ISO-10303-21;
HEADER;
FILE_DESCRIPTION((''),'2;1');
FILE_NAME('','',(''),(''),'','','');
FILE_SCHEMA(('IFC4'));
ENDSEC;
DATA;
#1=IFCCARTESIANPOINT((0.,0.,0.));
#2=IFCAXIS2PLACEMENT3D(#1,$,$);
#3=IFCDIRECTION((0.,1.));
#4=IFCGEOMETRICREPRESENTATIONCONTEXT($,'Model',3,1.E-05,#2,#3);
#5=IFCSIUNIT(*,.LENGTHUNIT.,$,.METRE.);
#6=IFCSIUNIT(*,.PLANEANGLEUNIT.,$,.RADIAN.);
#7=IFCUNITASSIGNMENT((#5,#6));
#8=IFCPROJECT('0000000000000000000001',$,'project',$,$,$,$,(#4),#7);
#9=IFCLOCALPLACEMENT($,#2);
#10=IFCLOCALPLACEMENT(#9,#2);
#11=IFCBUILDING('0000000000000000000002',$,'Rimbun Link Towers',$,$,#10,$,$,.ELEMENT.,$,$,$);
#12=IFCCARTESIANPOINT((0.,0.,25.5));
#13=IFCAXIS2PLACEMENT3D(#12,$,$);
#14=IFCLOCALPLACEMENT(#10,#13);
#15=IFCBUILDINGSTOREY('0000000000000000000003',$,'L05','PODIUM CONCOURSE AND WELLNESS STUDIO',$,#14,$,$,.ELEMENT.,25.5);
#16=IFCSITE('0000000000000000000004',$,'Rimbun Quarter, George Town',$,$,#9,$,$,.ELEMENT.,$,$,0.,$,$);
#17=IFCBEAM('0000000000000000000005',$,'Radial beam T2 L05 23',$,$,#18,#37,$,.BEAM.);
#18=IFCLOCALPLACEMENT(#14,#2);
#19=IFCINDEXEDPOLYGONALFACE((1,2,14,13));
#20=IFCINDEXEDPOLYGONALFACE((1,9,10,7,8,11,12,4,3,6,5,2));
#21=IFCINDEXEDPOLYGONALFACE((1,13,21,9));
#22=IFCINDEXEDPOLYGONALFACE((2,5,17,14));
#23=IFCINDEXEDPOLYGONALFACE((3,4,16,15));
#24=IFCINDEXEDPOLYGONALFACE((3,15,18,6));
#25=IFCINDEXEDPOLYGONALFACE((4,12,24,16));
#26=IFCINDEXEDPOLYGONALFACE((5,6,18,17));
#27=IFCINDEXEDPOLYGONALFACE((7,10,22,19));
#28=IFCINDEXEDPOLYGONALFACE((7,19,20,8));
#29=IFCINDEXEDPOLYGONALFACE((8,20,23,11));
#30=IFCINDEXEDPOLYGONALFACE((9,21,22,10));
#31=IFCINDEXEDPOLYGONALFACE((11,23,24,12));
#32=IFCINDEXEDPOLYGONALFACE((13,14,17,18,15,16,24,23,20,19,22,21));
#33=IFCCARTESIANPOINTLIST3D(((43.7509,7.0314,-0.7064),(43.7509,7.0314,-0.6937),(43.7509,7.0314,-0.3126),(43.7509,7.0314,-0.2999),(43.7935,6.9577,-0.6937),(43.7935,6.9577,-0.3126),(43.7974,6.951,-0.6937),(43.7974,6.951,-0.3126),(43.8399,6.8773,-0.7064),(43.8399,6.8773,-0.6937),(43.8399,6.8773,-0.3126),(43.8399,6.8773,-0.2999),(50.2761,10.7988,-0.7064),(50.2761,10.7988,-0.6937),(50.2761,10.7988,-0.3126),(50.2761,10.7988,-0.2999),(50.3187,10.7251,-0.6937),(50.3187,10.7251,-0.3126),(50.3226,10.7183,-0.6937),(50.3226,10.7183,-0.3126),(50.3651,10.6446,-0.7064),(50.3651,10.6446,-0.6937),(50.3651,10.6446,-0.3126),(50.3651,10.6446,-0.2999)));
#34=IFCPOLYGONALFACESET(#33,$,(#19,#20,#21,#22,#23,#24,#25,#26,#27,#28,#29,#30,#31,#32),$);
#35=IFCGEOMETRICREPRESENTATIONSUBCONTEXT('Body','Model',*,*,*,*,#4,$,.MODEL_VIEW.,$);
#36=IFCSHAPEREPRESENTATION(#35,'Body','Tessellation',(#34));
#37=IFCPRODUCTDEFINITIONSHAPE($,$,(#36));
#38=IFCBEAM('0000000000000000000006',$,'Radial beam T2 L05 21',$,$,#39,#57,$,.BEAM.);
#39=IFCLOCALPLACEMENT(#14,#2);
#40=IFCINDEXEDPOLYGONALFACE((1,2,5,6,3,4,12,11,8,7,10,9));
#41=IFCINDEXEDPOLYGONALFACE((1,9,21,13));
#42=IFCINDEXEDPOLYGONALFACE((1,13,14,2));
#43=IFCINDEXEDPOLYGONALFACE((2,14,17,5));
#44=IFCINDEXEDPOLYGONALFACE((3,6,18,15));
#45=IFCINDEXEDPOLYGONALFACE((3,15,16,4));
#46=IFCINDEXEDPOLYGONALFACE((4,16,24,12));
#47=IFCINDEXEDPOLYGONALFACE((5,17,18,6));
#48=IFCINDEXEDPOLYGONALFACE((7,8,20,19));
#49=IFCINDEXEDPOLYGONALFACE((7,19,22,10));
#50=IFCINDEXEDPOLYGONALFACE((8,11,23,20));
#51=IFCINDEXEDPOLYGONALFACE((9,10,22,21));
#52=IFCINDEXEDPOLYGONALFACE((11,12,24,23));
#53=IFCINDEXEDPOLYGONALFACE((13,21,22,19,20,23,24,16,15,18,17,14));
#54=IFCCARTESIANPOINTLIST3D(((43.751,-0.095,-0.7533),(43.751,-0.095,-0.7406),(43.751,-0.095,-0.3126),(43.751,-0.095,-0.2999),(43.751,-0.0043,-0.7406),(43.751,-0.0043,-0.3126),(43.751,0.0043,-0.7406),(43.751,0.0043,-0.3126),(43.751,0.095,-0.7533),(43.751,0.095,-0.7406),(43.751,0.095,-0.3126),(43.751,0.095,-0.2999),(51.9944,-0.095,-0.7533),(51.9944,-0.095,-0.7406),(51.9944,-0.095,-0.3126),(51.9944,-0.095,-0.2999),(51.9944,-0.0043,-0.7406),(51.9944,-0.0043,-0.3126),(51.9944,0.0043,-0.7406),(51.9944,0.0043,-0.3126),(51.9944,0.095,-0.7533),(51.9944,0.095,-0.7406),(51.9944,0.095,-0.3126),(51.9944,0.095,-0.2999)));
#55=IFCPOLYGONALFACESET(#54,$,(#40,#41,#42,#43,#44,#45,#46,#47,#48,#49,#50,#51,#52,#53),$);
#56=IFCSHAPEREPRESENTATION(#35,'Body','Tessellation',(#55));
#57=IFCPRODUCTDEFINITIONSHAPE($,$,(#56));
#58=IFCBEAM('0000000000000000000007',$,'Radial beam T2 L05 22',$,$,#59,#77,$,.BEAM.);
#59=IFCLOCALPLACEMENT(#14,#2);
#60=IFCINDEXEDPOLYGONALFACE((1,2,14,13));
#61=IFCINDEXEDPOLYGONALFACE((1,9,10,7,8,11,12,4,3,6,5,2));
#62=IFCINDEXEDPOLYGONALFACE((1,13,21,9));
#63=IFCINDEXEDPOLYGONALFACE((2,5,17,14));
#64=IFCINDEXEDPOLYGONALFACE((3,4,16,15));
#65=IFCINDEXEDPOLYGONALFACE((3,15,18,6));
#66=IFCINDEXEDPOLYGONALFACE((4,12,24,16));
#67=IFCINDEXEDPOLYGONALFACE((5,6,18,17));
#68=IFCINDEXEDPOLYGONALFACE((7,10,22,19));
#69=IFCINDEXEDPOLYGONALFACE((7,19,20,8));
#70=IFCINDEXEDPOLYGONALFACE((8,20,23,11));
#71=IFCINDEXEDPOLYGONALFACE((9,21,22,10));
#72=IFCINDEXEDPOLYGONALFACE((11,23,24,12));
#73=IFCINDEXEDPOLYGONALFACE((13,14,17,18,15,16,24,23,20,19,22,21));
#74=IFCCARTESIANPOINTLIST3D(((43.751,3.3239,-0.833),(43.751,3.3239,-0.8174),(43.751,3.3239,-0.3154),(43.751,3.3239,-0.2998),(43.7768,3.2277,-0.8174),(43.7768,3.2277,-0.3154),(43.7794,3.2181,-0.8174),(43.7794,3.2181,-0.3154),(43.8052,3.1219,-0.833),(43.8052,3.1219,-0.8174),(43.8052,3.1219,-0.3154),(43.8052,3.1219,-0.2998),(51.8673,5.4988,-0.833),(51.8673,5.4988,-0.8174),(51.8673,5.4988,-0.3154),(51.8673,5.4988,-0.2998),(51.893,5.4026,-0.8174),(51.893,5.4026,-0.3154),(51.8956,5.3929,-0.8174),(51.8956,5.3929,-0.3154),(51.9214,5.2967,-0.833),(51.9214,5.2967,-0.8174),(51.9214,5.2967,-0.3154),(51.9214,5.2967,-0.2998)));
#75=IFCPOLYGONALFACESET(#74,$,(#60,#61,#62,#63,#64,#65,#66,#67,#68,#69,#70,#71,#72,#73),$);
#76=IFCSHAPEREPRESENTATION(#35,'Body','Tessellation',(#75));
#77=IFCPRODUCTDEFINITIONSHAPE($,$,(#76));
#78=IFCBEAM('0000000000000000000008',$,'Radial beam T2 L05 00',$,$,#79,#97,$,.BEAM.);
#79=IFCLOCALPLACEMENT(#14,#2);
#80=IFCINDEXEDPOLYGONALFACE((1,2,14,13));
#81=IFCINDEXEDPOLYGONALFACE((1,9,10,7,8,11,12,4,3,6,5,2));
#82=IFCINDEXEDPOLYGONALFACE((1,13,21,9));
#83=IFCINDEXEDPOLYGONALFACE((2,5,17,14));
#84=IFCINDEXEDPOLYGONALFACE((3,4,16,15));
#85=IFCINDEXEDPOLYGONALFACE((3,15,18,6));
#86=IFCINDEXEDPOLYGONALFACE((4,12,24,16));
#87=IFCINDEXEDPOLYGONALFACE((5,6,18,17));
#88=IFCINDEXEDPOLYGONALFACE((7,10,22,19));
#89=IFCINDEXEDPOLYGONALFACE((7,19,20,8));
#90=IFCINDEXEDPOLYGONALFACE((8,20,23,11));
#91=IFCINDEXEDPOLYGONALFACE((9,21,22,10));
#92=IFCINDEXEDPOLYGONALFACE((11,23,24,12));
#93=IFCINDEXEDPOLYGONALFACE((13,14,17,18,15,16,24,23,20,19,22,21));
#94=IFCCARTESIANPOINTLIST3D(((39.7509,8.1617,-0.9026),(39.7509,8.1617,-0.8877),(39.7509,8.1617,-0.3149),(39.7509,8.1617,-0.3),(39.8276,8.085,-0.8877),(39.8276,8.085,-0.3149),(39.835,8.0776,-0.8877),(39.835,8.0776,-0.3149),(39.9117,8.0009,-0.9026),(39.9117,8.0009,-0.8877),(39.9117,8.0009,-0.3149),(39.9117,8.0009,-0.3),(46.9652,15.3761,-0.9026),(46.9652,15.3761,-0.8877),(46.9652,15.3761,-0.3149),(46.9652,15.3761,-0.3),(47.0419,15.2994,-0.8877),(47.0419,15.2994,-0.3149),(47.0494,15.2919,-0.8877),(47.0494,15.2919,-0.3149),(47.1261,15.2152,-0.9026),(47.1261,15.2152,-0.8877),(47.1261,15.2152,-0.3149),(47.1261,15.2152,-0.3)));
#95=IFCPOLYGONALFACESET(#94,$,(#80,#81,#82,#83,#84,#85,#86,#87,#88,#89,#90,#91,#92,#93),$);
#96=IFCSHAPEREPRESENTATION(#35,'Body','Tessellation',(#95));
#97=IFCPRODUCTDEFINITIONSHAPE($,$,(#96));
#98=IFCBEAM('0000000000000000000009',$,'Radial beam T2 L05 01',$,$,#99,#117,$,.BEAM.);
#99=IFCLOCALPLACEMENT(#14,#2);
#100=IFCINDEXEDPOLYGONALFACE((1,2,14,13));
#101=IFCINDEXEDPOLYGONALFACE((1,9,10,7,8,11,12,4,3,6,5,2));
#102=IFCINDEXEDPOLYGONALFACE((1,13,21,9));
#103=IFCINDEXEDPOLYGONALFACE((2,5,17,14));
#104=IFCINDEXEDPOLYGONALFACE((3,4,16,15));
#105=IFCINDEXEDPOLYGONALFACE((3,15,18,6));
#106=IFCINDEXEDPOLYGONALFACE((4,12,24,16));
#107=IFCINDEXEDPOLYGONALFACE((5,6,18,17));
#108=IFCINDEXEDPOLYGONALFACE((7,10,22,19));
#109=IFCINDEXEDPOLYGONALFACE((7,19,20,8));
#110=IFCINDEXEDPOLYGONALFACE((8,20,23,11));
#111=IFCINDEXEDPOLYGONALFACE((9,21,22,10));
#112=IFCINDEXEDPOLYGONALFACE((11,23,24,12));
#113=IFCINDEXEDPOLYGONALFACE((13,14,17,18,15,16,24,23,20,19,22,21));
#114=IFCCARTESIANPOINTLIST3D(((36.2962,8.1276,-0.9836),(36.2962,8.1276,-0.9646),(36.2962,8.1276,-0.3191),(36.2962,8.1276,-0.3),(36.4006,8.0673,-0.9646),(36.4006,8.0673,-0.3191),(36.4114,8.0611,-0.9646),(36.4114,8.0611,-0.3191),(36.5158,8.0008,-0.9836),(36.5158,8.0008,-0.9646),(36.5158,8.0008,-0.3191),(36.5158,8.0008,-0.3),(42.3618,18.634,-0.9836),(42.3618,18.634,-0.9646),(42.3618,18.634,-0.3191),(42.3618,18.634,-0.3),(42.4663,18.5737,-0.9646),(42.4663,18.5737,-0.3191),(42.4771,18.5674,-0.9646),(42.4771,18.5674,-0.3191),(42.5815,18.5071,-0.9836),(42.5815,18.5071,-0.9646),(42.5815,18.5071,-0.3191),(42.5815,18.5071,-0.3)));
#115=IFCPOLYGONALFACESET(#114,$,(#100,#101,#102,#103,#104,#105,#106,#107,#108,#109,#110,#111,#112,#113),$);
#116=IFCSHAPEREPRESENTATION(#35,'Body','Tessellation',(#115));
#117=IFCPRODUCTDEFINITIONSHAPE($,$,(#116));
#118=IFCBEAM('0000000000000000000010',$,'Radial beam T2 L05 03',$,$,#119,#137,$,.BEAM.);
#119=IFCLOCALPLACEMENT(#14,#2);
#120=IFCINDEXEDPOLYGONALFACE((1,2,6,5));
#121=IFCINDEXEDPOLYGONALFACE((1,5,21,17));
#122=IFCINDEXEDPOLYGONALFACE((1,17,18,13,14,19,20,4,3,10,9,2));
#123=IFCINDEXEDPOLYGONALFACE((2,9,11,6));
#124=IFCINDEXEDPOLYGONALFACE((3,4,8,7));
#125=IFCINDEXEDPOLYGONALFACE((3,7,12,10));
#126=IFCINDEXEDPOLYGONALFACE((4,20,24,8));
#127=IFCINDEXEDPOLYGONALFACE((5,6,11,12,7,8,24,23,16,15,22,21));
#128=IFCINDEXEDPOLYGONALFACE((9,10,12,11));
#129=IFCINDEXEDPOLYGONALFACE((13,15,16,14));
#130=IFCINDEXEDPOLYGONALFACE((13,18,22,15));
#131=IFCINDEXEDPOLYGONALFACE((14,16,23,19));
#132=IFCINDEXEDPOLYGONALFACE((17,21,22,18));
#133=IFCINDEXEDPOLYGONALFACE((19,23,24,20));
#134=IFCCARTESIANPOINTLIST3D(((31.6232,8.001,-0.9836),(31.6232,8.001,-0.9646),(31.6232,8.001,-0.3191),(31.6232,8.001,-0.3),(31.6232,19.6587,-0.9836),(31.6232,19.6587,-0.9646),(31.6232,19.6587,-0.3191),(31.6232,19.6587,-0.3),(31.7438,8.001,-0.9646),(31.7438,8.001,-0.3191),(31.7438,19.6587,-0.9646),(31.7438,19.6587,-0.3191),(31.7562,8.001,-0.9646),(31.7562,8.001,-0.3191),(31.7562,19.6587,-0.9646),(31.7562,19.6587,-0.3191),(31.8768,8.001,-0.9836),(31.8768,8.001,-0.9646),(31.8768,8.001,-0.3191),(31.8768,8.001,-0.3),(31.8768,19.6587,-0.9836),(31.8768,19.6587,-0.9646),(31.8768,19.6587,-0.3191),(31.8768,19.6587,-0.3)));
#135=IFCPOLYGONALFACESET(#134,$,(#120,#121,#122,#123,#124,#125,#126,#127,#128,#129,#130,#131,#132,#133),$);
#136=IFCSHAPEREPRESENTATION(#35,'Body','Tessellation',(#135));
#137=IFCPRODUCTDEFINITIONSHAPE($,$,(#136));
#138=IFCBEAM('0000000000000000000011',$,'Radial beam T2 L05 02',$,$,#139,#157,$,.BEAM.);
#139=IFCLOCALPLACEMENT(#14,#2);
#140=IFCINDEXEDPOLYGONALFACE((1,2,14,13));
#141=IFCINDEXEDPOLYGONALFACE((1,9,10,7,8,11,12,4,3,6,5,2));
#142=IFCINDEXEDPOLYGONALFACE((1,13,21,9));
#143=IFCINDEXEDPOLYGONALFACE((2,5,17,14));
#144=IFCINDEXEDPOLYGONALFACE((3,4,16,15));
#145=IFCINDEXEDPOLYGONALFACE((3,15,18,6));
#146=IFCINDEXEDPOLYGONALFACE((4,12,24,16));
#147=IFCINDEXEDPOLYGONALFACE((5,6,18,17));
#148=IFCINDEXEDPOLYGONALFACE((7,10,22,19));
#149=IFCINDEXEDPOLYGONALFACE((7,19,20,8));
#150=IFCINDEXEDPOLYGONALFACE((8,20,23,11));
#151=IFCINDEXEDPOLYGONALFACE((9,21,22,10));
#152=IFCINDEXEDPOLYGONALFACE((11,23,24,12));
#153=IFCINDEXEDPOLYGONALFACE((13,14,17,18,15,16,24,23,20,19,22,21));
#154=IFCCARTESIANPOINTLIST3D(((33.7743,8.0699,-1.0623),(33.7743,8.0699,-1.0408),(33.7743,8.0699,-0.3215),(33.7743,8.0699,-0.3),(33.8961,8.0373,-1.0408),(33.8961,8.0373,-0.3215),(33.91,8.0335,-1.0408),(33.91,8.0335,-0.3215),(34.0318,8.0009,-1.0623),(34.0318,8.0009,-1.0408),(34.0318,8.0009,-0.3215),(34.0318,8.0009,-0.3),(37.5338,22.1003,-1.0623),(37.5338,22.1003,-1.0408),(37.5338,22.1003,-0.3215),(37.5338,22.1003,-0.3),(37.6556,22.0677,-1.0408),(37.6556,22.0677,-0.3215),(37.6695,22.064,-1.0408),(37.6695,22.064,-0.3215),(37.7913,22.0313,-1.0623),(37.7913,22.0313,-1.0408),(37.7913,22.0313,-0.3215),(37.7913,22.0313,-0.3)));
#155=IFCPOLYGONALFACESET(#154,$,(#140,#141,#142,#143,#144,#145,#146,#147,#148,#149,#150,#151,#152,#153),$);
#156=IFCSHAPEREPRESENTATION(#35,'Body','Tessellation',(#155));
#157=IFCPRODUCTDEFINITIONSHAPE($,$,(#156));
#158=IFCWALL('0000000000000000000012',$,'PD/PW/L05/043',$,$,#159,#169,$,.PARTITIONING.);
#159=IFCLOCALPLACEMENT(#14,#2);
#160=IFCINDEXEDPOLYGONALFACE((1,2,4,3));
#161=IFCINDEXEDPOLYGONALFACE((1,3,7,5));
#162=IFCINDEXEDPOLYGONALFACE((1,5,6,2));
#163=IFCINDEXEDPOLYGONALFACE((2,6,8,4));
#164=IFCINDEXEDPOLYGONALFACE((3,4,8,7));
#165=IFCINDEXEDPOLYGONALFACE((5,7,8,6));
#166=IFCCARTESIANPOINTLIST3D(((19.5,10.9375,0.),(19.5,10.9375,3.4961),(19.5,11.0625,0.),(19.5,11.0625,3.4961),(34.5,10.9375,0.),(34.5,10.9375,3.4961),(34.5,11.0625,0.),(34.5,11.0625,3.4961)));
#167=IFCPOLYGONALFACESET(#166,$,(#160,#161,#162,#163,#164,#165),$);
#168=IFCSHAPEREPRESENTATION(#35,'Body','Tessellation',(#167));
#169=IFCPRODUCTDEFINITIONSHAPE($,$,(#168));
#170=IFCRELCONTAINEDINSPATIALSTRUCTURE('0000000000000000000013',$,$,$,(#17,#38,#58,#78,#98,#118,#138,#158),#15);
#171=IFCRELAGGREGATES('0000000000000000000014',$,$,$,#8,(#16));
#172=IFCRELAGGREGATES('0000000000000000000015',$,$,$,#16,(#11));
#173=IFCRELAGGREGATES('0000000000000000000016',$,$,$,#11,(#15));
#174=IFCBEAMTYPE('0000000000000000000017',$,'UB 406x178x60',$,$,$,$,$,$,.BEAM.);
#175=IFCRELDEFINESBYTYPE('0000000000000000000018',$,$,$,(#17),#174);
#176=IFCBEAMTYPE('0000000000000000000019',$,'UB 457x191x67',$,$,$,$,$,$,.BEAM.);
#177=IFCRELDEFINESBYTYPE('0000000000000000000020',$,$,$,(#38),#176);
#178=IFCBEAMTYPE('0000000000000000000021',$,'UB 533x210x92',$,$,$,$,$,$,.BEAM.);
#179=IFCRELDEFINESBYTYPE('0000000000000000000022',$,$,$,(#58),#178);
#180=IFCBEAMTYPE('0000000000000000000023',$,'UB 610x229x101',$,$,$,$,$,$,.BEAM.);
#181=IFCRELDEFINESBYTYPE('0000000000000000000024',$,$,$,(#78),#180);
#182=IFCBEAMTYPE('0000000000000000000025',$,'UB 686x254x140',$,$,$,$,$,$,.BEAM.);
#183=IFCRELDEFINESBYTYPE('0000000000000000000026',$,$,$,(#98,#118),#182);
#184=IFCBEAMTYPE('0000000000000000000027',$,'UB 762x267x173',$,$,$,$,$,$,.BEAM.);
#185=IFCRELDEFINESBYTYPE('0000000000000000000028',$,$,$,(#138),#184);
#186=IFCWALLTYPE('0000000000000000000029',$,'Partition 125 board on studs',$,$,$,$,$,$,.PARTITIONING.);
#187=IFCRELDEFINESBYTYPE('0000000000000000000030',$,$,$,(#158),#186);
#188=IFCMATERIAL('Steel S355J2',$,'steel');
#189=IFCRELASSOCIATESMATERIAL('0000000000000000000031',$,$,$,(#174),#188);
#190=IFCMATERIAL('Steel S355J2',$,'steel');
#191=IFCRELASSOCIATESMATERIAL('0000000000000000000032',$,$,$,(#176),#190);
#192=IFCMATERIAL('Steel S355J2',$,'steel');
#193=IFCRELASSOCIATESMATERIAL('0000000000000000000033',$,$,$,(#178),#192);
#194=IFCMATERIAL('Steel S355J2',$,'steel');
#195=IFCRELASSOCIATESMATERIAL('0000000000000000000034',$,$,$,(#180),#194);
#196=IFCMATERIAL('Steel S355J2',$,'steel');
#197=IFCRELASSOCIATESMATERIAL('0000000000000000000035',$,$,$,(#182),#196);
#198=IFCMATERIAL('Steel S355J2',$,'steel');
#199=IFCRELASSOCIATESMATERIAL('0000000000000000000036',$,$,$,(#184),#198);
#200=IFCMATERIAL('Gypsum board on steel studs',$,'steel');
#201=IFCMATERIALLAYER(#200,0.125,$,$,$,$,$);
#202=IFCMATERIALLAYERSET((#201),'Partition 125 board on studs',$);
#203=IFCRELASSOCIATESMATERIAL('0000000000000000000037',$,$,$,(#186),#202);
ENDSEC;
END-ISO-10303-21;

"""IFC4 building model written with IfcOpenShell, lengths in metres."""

from ifc_helpers import new_model, si_unit, direction, frame, frame_2d, origin, origin_2d, place, context, subcontext, project, spatial, rectangle, i_section, extrude, material, layer, layer_set, material_profile, profile_set, type_object, element, save


model = new_model("IFC4")

# Units and contexts
model_context = context("Model", 3, precision=1e-05, world=origin(), true_north=direction((0.0, 1.0)))
body_context = subcontext(model_context, "Body", "Model", "MODEL_VIEW")
ifc_project = project(units=[si_unit("LENGTHUNIT", "METRE"), si_unit("PLANEANGLEUNIT", "RADIAN")], contexts=[model_context])

# Site, building, storey
site_placement = place(None, origin())
site = spatial("IfcSite", under=ifc_project, at=site_placement, Name="Rimbun Quarter, George Town", CompositionType="ELEMENT", RefElevation=0.0)
building_placement = place(site_placement, origin())
building = spatial("IfcBuilding", under=site, at=building_placement, Name="Rimbun Link Towers", CompositionType="ELEMENT")
storey_placement = place(building_placement, frame((0.0, 0.0, 25.5)))
storey = spatial("IfcBuildingStorey", under=building, at=storey_placement, Name="L05", Description="PODIUM CONCOURSE AND WELLNESS STUDIO", CompositionType="ELEMENT", Elevation=25.5)

# Beams
ifc_material_1 = material(Name="Steel S355J2", Category="steel")
ifc_material_profile_1 = material_profile(ifc_material_1, i_section(OverallWidth=0.178, OverallDepth=0.4065, WebThickness=0.0078, FlangeThickness=0.0127, at=origin_2d()), Name="UB 406x178x60")
ifc_profile_set_1 = profile_set([ifc_material_profile_1], Name="Steel S355J2")
beam_type_1 = type_object("IfcBeamType", Name="UB 406x178x60", PredefinedType="BEAM", material=ifc_profile_set_1)
beam_1_placement = place(storey_placement, frame((43.7954, 6.9543, -0.5032), z_axis=(0.866023, 0.500004, 0.0), x_axis=(-0.500004, 0.866023, 0.0)))
element("IfcBeam", 1, at=beam_1_placement, inside=storey, type_object=beam_type_1, Name="Radial beam T2 L05 23", PredefinedType="BEAM", context=body_context, shape_type="SweptSolid", body=[
    extrude(i_section(OverallWidth=0.178, OverallDepth=0.4065, WebThickness=0.0078, FlangeThickness=0.0127, at=origin_2d()), origin(), (0.0, 0.0, 1.0), 7.5347),
])
ifc_material_2 = material(Name="Steel S355J2", Category="steel")
ifc_material_profile_2 = material_profile(ifc_material_2, i_section(OverallWidth=0.1899, OverallDepth=0.4534, WebThickness=0.0085, FlangeThickness=0.0127, at=origin_2d()), Name="UB 457x191x67")
ifc_profile_set_2 = profile_set([ifc_material_profile_2], Name="Steel S355J2")
beam_type_2 = type_object("IfcBeamType", Name="UB 457x191x67", PredefinedType="BEAM", material=ifc_profile_set_2)
beam_2_placement = place(storey_placement, frame((43.751, 0.0, -0.5266), z_axis=(1.0, 0.0, 0.0), x_axis=(0.0, 1.0, 0.0)))
element("IfcBeam", 2, at=beam_2_placement, inside=storey, type_object=beam_type_2, Name="Radial beam T2 L05 21", PredefinedType="BEAM", context=body_context, shape_type="SweptSolid", body=[
    extrude(i_section(OverallWidth=0.1899, OverallDepth=0.4534, WebThickness=0.0085, FlangeThickness=0.0127, at=origin_2d()), origin(), (0.0, 0.0, 1.0), 8.2434),
])
ifc_material_3 = material(Name="Steel S355J2", Category="steel")
ifc_material_profile_3 = material_profile(ifc_material_3, i_section(OverallWidth=0.2092, OverallDepth=0.5332, WebThickness=0.01, FlangeThickness=0.0156, at=origin_2d()), Name="UB 533x210x92")
ifc_profile_set_3 = profile_set([ifc_material_profile_3], Name="Steel S355J2")
beam_type_3 = type_object("IfcBeamType", Name="UB 533x210x92", PredefinedType="BEAM", material=ifc_profile_set_3)
beam_3_placement = place(storey_placement, frame((43.7781, 3.2229, -0.5664), z_axis=(0.965924, 0.258827, 0.0), x_axis=(-0.258827, 0.965924, 0.0)))
element("IfcBeam", 3, at=beam_3_placement, inside=storey, type_object=beam_type_3, Name="Radial beam T2 L05 22", PredefinedType="BEAM", context=body_context, shape_type="SweptSolid", body=[
    extrude(i_section(OverallWidth=0.2092, OverallDepth=0.5332, WebThickness=0.01, FlangeThickness=0.0156, at=origin_2d()), origin(), (0.0, 0.0, 1.0), 8.4026),
])
ifc_material_4 = material(Name="Steel S355J2", Category="steel")
ifc_material_profile_4 = material_profile(ifc_material_4, i_section(OverallWidth=0.2275, OverallDepth=0.6025, WebThickness=0.0105, FlangeThickness=0.0149, at=origin_2d()), Name="UB 610x229x101")
ifc_profile_set_4 = profile_set([ifc_material_profile_4], Name="Steel S355J2")
beam_type_4 = type_object("IfcBeamType", Name="UB 610x229x101", PredefinedType="BEAM", material=ifc_profile_set_4)
beam_4_placement = place(storey_placement, frame((39.8313, 8.0813, -0.6013), z_axis=(0.707107, 0.707107, 0.0), x_axis=(-0.707107, 0.707107, 0.0)))
element("IfcBeam", 4, at=beam_4_placement, inside=storey, type_object=beam_type_4, Name="Radial beam T2 L05 00", PredefinedType="BEAM", context=body_context, shape_type="SweptSolid", body=[
    extrude(i_section(OverallWidth=0.2275, OverallDepth=0.6025, WebThickness=0.0105, FlangeThickness=0.0149, at=origin_2d()), origin(), (0.0, 0.0, 1.0), 10.2026),
])
ifc_material_5 = material(Name="Steel S355J2", Category="steel")
ifc_material_profile_5 = material_profile(ifc_material_5, i_section(OverallWidth=0.2537, OverallDepth=0.6836, WebThickness=0.0125, FlangeThickness=0.019, at=origin_2d()), Name="UB 686x254x140")
ifc_profile_set_5 = profile_set([ifc_material_profile_5], Name="Steel S355J2")
beam_type_5 = type_object("IfcBeamType", Name="UB 686x254x140", PredefinedType="BEAM", material=ifc_profile_set_5)
beam_5_placement = place(storey_placement, frame((36.406, 8.0642, -0.6418), z_axis=(0.49999, 0.866031, 0.0), x_axis=(-0.866031, 0.49999, 0.0)))
element("IfcBeam", 5, at=beam_5_placement, inside=storey, type_object=beam_type_5, Name="Radial beam T2 L05 01", PredefinedType="BEAM", context=body_context, shape_type="SweptSolid", body=[
    extrude(i_section(OverallWidth=0.2537, OverallDepth=0.6836, WebThickness=0.0125, FlangeThickness=0.019, at=origin_2d()), origin(), (0.0, 0.0, 1.0), 12.1316),
])
beam_6_placement = place(storey_placement, frame((31.75, 8.001, -0.6418), z_axis=(0.0, 1.0, 0.0), x_axis=(-1.0, 0.0, 0.0)))
element("IfcBeam", 6, at=beam_6_placement, inside=storey, type_object=beam_type_5, Name="Radial beam T2 L05 03", PredefinedType="BEAM", context=body_context, shape_type="SweptSolid", body=[
    extrude(i_section(OverallWidth=0.2537, OverallDepth=0.6836, WebThickness=0.0125, FlangeThickness=0.019, at=origin_2d()), origin(), (0.0, 0.0, 1.0), 11.6577),
])
ifc_material_6 = material(Name="Steel S355J2", Category="steel")
ifc_material_profile_6 = material_profile(ifc_material_6, i_section(OverallWidth=0.2666, OverallDepth=0.7622, WebThickness=0.0144, FlangeThickness=0.0215, at=origin_2d()), Name="UB 762x267x173")
ifc_profile_set_6 = profile_set([ifc_material_profile_6], Name="Steel S355J2")
beam_type_6 = type_object("IfcBeamType", Name="UB 762x267x173", PredefinedType="BEAM", material=ifc_profile_set_6)
beam_7_placement = place(storey_placement, frame((33.9031, 8.0354, -0.6812), z_axis=(0.258823, 0.965925, 0.0), x_axis=(-0.965925, 0.258823, 0.0)))
element("IfcBeam", 7, at=beam_7_placement, inside=storey, type_object=beam_type_6, Name="Radial beam T2 L05 02", PredefinedType="BEAM", context=body_context, shape_type="SweptSolid", body=[
    extrude(i_section(OverallWidth=0.2666, OverallDepth=0.7622, WebThickness=0.0144, FlangeThickness=0.0215, at=origin_2d()), origin(), (0.0, 0.0, 1.0), 14.5254),
])

# Wall
ifc_material_7 = material(Name="Gypsum board on steel studs", Category="steel")
ifc_layer_1 = layer(ifc_material_7, 0.125)
ifc_layer_set_1 = layer_set([ifc_layer_1], Name="Partition 125 board on studs")
wall_type_1 = type_object("IfcWallType", Name="Partition 125 board on studs", PredefinedType="PARTITIONING", material=ifc_layer_set_1)
wall_1_placement = place(storey_placement, frame((34.5, 11.0, 0.0), z_axis=(0.0, 0.0, 1.0), x_axis=(-1.0, 0.0, 0.0)))
element("IfcWall", 8, at=wall_1_placement, inside=storey, type_object=wall_type_1, Name="PD/PW/L05/043", PredefinedType="PARTITIONING", context=body_context, shape_type="SweptSolid", body=[
    extrude(rectangle(XDim=15.0, YDim=0.125, at=frame_2d((7.5, 0.0))), origin(), (0.0, 0.0, 1.0), 3.4961),
])

save(model, "model.ifc")
